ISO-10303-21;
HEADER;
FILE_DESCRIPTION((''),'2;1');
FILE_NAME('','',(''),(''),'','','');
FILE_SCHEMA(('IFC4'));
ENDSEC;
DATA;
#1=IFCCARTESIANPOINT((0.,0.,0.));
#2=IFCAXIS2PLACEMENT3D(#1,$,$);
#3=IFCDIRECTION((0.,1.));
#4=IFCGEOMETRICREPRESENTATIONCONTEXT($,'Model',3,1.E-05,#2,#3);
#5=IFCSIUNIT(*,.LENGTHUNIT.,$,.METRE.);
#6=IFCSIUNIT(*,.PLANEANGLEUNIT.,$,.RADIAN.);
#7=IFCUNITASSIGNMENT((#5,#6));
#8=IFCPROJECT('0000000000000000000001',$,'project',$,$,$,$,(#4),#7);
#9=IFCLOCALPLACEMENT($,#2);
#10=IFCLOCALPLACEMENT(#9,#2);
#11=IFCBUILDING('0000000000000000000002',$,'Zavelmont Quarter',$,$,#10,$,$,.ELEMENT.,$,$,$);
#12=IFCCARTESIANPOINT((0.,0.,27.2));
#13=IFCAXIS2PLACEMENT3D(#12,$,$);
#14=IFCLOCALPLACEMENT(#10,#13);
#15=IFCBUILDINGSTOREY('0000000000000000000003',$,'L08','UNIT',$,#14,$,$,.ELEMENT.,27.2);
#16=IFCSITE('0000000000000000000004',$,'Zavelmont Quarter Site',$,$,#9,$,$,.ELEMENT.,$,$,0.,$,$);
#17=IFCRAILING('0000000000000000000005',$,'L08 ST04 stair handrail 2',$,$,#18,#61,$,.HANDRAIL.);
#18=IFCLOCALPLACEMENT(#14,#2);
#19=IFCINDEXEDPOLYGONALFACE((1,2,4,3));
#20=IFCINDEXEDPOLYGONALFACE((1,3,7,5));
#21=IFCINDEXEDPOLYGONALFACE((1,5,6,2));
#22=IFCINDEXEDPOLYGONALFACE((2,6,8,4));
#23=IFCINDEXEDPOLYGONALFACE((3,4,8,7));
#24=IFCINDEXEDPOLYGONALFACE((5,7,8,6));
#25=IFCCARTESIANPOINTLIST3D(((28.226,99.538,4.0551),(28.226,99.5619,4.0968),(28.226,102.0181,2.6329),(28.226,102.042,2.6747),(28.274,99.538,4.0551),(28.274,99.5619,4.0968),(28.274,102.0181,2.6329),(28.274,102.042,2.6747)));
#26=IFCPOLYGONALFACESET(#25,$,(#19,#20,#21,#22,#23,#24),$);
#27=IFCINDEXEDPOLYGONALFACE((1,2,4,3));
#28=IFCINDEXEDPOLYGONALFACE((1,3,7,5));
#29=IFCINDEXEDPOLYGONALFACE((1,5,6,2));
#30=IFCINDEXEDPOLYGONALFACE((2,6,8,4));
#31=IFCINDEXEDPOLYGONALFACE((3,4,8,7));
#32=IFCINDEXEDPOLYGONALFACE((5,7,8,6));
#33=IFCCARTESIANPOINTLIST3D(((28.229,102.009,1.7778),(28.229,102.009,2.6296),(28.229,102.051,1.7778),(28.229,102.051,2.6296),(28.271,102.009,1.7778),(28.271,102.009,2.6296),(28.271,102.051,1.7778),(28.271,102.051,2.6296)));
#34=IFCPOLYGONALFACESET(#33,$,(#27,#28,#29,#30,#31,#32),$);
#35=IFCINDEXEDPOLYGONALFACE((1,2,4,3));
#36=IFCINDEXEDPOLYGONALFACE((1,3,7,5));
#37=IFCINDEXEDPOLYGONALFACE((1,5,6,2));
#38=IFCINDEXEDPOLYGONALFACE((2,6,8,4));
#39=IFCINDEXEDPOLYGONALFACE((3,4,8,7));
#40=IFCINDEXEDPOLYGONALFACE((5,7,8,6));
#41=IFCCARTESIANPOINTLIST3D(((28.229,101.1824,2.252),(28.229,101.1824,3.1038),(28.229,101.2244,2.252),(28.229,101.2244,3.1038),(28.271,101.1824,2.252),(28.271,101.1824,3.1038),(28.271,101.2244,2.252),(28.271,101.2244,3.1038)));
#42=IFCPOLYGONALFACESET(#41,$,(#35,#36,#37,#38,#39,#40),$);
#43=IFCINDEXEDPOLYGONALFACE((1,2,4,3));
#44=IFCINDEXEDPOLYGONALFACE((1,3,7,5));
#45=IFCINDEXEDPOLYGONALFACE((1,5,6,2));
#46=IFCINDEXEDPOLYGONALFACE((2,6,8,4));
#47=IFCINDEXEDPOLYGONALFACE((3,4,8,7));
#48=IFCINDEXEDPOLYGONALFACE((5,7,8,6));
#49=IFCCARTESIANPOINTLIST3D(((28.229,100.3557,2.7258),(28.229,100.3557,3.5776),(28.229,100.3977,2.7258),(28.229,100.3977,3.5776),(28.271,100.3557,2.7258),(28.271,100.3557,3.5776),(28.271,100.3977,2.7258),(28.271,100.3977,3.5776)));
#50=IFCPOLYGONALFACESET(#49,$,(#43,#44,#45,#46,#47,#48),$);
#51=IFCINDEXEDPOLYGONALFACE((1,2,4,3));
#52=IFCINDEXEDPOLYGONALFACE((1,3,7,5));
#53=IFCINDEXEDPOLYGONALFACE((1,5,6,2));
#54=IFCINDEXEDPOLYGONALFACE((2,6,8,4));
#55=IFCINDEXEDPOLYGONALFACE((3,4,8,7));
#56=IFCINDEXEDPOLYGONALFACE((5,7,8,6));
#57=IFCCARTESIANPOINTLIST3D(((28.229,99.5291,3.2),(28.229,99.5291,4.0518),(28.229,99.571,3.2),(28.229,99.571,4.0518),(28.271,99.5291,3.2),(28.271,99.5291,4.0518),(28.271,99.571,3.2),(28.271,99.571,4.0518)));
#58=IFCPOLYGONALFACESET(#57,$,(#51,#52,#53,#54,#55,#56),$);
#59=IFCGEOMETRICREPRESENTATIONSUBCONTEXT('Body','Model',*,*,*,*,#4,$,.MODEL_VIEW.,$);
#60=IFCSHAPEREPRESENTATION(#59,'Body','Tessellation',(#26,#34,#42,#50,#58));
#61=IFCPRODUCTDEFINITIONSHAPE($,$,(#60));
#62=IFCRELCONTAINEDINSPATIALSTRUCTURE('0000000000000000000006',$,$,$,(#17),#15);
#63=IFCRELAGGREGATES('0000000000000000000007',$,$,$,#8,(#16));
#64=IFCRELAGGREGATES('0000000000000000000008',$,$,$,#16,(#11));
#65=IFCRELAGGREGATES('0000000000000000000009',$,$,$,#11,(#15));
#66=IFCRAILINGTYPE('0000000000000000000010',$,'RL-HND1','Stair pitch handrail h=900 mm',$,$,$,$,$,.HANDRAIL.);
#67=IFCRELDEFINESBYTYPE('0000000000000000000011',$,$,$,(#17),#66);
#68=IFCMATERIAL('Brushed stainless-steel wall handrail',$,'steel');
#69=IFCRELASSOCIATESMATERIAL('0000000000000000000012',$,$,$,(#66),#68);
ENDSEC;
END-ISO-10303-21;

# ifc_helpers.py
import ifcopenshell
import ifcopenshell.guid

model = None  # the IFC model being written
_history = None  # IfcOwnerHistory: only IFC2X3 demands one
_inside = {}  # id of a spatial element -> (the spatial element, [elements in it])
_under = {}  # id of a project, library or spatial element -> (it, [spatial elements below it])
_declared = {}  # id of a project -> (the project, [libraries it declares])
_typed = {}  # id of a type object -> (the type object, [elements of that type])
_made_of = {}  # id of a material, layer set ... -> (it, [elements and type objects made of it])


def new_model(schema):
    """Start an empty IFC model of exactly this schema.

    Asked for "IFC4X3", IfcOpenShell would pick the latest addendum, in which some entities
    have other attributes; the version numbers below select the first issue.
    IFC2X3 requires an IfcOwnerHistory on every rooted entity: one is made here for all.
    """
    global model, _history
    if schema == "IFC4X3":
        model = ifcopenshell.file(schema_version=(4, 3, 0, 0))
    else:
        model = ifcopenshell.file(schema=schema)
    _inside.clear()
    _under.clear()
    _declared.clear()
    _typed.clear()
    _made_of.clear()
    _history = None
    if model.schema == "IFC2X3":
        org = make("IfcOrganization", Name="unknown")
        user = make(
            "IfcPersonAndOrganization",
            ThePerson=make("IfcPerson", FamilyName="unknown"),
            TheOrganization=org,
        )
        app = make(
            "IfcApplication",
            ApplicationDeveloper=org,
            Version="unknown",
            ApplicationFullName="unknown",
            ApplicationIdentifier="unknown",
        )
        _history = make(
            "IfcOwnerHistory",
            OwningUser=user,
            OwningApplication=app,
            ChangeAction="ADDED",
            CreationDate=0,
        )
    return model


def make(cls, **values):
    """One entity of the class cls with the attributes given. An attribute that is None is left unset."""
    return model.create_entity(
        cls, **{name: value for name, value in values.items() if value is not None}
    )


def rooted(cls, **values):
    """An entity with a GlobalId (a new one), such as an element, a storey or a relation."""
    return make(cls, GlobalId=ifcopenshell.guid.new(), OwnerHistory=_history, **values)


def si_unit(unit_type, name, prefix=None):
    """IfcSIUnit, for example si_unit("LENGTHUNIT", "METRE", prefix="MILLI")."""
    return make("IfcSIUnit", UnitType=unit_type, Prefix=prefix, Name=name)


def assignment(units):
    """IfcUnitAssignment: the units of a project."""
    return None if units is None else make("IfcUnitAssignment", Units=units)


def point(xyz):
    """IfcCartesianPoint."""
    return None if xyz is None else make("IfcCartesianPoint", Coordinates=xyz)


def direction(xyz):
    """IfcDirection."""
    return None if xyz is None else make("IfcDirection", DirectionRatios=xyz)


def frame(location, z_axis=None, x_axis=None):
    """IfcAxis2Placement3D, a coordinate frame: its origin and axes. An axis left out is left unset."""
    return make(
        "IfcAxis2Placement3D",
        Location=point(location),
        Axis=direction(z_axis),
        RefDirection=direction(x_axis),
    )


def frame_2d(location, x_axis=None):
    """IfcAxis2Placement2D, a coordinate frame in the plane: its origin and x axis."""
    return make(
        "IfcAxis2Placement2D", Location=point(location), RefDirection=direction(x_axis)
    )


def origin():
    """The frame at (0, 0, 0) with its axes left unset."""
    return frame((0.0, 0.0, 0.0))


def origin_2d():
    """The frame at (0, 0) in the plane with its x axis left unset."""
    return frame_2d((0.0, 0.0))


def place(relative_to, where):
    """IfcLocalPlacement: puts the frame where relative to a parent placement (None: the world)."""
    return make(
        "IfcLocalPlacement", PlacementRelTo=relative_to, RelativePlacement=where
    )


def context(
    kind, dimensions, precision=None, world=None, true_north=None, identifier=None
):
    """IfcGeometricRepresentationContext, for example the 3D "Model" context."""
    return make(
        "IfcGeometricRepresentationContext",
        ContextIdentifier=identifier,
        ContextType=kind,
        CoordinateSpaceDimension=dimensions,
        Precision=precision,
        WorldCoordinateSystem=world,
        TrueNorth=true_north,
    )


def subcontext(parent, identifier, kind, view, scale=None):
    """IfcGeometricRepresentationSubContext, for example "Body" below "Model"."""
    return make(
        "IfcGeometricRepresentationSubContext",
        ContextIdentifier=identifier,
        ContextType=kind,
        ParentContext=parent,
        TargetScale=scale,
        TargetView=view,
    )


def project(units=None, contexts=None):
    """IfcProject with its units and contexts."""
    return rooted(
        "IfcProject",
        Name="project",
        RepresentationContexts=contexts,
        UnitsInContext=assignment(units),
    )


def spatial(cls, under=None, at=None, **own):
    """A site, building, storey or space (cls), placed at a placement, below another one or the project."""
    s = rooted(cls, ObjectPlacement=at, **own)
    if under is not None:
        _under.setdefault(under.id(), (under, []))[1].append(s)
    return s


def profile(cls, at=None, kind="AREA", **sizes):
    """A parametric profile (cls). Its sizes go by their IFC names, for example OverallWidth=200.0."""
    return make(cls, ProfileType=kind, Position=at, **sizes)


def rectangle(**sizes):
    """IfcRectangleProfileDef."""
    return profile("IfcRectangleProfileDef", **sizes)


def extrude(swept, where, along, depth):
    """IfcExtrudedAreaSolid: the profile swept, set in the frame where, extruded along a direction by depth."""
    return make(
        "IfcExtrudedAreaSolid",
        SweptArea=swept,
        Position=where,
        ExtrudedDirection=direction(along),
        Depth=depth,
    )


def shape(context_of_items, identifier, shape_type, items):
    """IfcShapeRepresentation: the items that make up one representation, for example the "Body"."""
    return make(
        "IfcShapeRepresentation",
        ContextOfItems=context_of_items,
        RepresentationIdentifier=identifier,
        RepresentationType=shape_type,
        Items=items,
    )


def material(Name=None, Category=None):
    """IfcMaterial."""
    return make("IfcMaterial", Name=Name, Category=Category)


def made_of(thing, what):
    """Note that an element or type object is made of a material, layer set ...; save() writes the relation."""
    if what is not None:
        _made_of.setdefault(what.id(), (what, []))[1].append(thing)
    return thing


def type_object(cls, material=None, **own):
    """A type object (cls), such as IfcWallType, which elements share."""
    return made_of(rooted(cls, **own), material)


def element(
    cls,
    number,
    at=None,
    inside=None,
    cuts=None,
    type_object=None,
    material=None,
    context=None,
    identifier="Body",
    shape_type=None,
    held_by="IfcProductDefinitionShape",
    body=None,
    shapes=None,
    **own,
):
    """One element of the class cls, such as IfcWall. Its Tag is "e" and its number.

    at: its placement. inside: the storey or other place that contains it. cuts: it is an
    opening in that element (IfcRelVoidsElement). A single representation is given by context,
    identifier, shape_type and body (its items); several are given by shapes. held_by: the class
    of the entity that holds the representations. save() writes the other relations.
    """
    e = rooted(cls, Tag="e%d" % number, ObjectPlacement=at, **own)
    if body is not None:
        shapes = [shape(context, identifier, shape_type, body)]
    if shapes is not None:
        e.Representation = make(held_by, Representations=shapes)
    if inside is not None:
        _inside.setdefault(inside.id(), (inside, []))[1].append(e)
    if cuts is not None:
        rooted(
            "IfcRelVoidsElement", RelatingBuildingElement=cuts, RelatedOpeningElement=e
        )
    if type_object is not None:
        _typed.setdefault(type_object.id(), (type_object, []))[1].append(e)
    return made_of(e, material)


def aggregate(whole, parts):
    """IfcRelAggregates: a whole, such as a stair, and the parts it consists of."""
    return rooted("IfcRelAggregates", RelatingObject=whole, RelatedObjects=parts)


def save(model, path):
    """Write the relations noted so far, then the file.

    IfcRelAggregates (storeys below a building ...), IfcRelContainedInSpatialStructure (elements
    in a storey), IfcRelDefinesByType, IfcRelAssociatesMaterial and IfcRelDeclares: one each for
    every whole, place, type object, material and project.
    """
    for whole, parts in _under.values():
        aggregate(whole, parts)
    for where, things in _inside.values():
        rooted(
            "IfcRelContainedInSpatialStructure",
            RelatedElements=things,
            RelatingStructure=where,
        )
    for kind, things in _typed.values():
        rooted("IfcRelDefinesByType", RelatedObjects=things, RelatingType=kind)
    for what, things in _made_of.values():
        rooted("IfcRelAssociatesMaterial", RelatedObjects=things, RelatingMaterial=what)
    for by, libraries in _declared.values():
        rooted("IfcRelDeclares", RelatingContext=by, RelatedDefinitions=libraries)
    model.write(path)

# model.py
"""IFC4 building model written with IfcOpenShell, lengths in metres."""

from ifc_helpers import new_model, si_unit, direction, frame, origin, origin_2d, place, context, subcontext, project, spatial, rectangle, extrude, material, type_object, element, save


model = new_model("IFC4")

# Units and contexts
model_context = context("Model", 3, precision=1e-05, world=origin(), true_north=direction((0.0, 1.0)))
body_context = subcontext(model_context, "Body", "Model", "MODEL_VIEW")
ifc_project = project(units=[si_unit("LENGTHUNIT", "METRE"), si_unit("PLANEANGLEUNIT", "RADIAN")], contexts=[model_context])

# Site, building, storey
site_placement = place(None, origin())
site = spatial("IfcSite", under=ifc_project, at=site_placement, Name="Zavelmont Quarter Site", CompositionType="ELEMENT", RefElevation=0.0)
building_placement = place(site_placement, origin())
building = spatial("IfcBuilding", under=site, at=building_placement, Name="Zavelmont Quarter", CompositionType="ELEMENT")
storey_placement = place(building_placement, frame((0.0, 0.0, 27.2)))
storey = spatial("IfcBuildingStorey", under=building, at=storey_placement, Name="L08", Description="UNIT", CompositionType="ELEMENT", Elevation=27.2)

# Railing
ifc_material_1 = material(Name="Brushed stainless-steel wall handrail", Category="steel")
railing_type_1 = type_object("IfcRailingType", Name="RL-HND1", Description="Stair pitch handrail h=900 mm", PredefinedType="HANDRAIL", material=ifc_material_1)
railing_1_placement = place(storey_placement, frame((28.25, 102.03, 1.7778)))
element("IfcRailing", 1, at=railing_1_placement, inside=storey, type_object=railing_type_1, Name="L08 ST04 stair handrail 2", PredefinedType="HANDRAIL", context=body_context, shape_type="SweptSolid", body=[
    extrude(rectangle(XDim=0.0481, YDim=0.0481, at=origin_2d()), frame((0.0, 0.0, 0.876), z_axis=(0.0, -0.867491, 0.497454), x_axis=(1.0, 0.0, 0.0)), (0.0, 0.0, 1.0), 2.8589),
    extrude(rectangle(XDim=0.042, YDim=0.042, at=origin_2d()), origin(), (0.0, 0.0, 1.0), 0.8518),
    extrude(rectangle(XDim=0.042, YDim=0.042, at=origin_2d()), frame((0.0, -0.8267, 0.4741)), (0.0, 0.0, 1.0), 0.8518),
    extrude(rectangle(XDim=0.042, YDim=0.042, at=origin_2d()), frame((0.0, -1.6533, 0.948)), (0.0, 0.0, 1.0), 0.8518),
    extrude(rectangle(XDim=0.042, YDim=0.042, at=origin_2d()), frame((0.0, -2.48, 1.4221)), (0.0, 0.0, 1.0), 0.8518),
])

save(model, "model.ifc")
